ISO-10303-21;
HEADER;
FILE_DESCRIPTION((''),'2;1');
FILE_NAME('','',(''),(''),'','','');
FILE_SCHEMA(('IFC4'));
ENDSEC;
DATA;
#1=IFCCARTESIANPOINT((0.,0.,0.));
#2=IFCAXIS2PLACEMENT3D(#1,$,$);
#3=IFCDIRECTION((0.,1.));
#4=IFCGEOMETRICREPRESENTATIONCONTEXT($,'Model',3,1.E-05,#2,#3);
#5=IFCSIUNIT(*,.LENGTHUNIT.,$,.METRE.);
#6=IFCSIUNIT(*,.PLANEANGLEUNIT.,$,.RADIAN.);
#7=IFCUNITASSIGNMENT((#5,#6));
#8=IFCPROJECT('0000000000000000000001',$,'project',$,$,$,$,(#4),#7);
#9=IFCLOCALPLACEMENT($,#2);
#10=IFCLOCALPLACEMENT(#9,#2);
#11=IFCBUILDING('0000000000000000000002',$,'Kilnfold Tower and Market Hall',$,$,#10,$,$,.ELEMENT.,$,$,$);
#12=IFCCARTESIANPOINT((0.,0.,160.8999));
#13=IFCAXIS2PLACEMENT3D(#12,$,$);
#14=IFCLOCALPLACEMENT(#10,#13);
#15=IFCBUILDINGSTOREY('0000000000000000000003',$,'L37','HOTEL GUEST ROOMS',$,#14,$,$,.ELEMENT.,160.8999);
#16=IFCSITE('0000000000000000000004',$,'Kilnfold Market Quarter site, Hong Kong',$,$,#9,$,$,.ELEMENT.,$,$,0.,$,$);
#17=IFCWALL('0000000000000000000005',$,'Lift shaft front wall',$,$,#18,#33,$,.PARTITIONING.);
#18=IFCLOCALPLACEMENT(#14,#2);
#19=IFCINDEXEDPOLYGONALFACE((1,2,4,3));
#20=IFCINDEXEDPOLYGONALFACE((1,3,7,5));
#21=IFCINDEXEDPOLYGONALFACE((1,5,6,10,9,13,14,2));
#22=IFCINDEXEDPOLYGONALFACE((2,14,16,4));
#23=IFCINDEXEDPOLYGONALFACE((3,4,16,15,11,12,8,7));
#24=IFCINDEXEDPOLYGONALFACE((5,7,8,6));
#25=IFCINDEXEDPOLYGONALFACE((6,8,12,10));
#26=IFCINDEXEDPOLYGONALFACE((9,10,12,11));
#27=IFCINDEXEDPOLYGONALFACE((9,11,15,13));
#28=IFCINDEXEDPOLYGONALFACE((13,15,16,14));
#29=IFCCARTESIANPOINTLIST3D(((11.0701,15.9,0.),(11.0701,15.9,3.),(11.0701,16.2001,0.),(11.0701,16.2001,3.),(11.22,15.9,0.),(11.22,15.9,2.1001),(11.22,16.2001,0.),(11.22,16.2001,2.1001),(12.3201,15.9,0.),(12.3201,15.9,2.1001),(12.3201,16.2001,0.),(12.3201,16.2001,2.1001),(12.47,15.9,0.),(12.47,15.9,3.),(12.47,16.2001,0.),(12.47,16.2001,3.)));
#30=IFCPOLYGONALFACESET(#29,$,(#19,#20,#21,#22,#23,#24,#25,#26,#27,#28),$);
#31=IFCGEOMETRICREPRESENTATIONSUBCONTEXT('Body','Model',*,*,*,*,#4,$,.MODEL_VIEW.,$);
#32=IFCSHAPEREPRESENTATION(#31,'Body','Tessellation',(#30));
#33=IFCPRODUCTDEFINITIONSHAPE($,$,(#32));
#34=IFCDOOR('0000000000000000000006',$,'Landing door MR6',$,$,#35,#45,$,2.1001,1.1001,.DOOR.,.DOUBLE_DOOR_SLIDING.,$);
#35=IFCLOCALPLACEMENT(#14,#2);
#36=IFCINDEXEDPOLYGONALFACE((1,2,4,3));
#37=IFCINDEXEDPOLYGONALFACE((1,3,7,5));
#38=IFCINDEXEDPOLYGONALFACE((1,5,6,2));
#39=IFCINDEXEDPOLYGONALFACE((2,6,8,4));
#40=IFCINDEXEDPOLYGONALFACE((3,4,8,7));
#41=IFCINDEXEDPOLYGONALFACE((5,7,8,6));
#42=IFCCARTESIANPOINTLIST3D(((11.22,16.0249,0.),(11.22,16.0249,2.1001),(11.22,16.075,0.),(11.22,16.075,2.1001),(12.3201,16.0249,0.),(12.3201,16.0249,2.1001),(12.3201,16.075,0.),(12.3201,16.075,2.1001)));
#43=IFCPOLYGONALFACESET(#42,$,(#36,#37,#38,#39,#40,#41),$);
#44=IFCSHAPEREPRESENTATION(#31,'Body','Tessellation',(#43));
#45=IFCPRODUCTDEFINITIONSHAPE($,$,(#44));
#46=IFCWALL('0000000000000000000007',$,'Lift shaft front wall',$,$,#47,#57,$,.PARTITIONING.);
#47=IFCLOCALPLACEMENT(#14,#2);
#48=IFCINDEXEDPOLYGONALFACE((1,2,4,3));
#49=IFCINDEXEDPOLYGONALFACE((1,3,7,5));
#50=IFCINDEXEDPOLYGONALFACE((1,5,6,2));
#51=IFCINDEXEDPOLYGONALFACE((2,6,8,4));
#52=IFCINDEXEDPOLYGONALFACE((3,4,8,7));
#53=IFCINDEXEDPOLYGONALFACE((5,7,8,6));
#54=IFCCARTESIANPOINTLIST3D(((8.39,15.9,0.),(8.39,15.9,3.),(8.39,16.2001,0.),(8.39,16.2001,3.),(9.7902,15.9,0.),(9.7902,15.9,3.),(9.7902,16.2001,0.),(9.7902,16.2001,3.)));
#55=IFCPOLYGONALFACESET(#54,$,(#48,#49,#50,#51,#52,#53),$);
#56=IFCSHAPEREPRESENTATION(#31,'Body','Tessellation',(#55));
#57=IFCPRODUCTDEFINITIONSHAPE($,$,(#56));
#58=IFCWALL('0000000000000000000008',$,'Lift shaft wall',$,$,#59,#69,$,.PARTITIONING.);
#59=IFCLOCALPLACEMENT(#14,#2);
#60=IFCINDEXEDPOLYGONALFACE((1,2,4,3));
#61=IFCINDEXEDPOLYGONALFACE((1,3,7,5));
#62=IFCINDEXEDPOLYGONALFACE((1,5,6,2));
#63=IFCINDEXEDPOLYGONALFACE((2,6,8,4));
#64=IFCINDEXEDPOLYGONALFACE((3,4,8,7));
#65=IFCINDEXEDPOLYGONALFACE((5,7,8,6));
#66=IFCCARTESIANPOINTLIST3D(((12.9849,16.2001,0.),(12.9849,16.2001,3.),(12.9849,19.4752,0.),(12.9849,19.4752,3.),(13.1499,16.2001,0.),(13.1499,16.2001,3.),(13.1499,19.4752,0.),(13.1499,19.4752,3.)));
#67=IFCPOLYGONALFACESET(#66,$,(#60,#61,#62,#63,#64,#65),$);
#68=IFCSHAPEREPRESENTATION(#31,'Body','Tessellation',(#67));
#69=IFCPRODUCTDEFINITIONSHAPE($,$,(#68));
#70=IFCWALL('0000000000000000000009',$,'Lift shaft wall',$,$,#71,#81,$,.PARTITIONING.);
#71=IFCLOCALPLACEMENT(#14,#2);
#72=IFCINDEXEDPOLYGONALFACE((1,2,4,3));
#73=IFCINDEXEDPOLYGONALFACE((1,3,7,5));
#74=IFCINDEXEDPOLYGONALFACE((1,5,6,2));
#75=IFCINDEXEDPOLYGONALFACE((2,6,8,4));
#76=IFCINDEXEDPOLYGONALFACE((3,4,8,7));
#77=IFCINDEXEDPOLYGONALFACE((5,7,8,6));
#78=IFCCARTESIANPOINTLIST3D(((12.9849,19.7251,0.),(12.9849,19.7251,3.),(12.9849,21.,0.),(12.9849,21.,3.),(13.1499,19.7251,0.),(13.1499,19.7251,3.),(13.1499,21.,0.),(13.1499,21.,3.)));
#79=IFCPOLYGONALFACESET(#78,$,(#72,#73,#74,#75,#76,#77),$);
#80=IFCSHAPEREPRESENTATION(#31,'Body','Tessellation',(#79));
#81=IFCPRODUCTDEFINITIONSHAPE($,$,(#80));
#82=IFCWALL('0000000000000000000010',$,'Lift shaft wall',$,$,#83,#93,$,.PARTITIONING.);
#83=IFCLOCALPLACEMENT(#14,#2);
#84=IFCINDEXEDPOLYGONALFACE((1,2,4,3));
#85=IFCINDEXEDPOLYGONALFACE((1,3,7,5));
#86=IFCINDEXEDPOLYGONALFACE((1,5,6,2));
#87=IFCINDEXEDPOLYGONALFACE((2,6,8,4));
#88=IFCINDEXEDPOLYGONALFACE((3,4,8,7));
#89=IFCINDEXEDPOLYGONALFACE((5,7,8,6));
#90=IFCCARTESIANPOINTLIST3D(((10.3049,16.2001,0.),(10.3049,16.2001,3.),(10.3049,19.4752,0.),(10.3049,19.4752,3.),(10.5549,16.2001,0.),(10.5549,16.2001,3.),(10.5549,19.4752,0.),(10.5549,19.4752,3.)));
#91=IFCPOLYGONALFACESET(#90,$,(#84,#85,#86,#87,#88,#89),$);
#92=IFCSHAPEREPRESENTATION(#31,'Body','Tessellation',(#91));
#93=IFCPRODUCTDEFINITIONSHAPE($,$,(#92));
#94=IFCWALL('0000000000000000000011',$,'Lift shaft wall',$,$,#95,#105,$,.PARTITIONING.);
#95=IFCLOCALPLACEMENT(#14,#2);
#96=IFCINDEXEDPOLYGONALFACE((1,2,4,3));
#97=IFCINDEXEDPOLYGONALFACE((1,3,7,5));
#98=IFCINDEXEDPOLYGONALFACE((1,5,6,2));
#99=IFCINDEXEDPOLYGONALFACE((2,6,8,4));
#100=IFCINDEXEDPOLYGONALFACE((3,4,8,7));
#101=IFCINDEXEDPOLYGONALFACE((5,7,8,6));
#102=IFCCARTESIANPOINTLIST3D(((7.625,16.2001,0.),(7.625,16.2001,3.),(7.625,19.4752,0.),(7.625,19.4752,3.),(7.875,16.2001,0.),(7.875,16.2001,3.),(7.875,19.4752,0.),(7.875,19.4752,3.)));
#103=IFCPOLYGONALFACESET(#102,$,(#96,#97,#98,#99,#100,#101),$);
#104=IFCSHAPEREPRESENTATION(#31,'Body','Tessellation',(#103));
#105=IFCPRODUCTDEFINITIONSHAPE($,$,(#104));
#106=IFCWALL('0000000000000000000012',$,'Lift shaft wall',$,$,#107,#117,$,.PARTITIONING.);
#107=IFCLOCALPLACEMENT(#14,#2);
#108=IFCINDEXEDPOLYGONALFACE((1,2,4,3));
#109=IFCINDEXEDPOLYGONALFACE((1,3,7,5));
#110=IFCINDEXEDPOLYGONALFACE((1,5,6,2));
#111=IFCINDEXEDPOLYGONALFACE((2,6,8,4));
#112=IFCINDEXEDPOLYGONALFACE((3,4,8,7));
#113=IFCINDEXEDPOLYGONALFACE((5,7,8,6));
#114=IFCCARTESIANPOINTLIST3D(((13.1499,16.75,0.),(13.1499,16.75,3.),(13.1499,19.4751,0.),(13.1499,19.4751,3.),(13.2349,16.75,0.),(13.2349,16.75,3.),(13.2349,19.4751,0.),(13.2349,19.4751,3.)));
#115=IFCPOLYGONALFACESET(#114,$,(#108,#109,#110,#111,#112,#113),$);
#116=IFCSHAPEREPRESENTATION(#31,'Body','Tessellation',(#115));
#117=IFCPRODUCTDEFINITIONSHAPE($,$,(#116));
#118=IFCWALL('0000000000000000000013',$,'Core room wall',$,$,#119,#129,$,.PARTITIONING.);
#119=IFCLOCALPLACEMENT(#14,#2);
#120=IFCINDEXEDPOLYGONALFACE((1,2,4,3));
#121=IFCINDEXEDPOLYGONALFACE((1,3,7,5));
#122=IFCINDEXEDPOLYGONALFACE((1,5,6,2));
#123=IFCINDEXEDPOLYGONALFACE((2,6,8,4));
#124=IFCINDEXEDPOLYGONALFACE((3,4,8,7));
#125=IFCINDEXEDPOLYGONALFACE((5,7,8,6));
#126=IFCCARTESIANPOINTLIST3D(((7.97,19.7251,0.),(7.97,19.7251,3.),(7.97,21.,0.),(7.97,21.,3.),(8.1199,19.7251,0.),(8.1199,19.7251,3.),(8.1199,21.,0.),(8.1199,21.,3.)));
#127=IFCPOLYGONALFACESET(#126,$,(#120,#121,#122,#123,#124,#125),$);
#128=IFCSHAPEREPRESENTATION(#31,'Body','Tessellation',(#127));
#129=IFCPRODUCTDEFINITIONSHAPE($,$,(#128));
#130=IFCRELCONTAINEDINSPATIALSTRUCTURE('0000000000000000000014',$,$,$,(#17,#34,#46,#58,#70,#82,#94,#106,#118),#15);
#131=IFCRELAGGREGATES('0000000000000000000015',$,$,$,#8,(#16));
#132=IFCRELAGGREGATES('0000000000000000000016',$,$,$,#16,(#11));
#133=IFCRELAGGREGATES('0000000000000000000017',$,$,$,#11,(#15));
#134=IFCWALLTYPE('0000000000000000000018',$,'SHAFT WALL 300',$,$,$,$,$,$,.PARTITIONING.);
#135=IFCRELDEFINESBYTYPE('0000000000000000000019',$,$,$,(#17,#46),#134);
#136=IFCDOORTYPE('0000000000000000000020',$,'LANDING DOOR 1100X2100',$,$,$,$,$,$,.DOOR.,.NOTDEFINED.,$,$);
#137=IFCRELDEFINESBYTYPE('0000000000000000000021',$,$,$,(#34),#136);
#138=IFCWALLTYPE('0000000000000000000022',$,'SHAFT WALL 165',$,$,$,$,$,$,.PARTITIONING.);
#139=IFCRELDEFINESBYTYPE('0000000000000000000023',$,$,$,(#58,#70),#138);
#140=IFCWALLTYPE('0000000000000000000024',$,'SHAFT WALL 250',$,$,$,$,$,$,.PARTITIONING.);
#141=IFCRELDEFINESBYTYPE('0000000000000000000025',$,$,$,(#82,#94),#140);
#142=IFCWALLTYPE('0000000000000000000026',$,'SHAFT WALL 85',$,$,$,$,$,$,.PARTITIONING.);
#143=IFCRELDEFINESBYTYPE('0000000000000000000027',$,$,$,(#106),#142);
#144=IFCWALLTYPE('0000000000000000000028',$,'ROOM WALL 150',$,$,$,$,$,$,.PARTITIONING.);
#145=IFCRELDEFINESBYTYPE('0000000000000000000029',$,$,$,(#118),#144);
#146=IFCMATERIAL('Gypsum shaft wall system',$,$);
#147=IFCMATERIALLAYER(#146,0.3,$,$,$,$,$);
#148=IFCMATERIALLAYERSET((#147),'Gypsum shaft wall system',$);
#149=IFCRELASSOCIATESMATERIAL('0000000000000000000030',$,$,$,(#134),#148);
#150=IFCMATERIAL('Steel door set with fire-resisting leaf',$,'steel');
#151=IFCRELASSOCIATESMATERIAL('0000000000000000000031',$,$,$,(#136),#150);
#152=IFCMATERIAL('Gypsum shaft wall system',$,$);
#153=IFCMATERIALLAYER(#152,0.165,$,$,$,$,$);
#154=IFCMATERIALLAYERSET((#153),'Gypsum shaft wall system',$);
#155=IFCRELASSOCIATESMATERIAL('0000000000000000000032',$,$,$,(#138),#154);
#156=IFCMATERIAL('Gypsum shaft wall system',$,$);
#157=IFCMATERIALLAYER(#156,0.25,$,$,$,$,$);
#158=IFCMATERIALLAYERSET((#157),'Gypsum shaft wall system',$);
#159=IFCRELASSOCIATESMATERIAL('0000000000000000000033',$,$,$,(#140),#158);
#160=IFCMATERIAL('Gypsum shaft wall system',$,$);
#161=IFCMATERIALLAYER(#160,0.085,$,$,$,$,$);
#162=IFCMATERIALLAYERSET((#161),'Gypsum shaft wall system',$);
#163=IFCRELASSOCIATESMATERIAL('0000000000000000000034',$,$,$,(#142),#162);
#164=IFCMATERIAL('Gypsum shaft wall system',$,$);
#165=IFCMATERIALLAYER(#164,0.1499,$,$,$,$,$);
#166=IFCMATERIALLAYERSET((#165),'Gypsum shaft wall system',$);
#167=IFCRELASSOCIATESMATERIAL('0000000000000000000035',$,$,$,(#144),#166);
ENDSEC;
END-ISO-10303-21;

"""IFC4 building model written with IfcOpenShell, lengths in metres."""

from ifc_helpers import new_model, si_unit, direction, frame, frame_2d, origin, place, context, subcontext, project, spatial, rectangle, extrude, source, transform, mapped, material, layer, layer_set, type_object, element, fill, save


model = new_model("IFC4")

# Units and contexts
model_context = context("Model", 3, precision=1e-05, world=origin(), true_north=direction((0.0, 1.0)))
body_context = subcontext(model_context, "Body", "Model", "MODEL_VIEW")
ifc_project = project(units=[si_unit("LENGTHUNIT", "METRE"), si_unit("PLANEANGLEUNIT", "RADIAN")], contexts=[model_context])

# Site, building, storey
site_placement = place(None, origin())
site = spatial("IfcSite", under=ifc_project, at=site_placement, Name="Kilnfold Market Quarter site, Hong Kong", CompositionType="ELEMENT", RefElevation=0.0)
building_placement = place(site_placement, origin())
building = spatial("IfcBuilding", under=site, at=building_placement, Name="Kilnfold Tower and Market Hall", CompositionType="ELEMENT")
storey_placement = place(building_placement, frame((0.0, 0.0, 160.8999)))
storey = spatial("IfcBuildingStorey", under=building, at=storey_placement, Name="L37", Description="HOTEL GUEST ROOMS", CompositionType="ELEMENT", Elevation=160.8999)

# Wall, opening, door
ifc_material_1 = material(Name="Gypsum shaft wall system")
ifc_layer_1 = layer(ifc_material_1, 0.3)
ifc_layer_set_1 = layer_set([ifc_layer_1], Name="Gypsum shaft wall system")
wall_type_1 = type_object("IfcWallType", Name="SHAFT WALL 300", PredefinedType="PARTITIONING", material=ifc_layer_set_1)
shared_shape_1 = source(origin(), body_context, "Body", "SweptSolid", [
    extrude(rectangle(XDim=1.3999, YDim=0.3, at=frame_2d((0.7, 0.0))), origin(), (0.0, 0.0, 1.0), 3.0),
])
wall_1_placement = place(storey_placement, frame((11.0701, 16.05, 0.0), z_axis=(0.0, 0.0, 1.0), x_axis=(1.0, 0.0, 0.0)))
wall_1 = element("IfcWall", 1, at=wall_1_placement, inside=storey, type_object=wall_type_1, Name="Lift shaft front wall", PredefinedType="PARTITIONING", context=body_context, shape_type="MappedRepresentation", body=[
    mapped(shared_shape_1, transform((0.0, 0.0, 0.0))),
])
opening_1_placement = place(wall_1_placement, frame((0.1499, 0.0, 0.0)))
opening_1 = element("IfcOpeningElement", 2, at=opening_1_placement, cuts=wall_1, PredefinedType="OPENING", context=body_context, shape_type="SweptSolid", body=[
    extrude(rectangle(XDim=1.1001, YDim=2.1001, at=frame_2d((0.55, 1.05))), frame((0.0, 0.1602, 0.0), z_axis=(0.0, -1.0, 0.0), x_axis=(1.0, 0.0, 0.0)), (0.0, 0.0, 1.0), 0.3201),
])
ifc_material_2 = material(Name="Steel door set with fire-resisting leaf", Category="steel")
door_type_1 = type_object("IfcDoorType", Name="LANDING DOOR 1100X2100", OperationType="NOTDEFINED", PredefinedType="DOOR", material=ifc_material_2)
door_1_placement = place(opening_1_placement, origin())
door_1 = element("IfcDoor", 3, at=door_1_placement, inside=storey, type_object=door_type_1, Name="Landing door MR6", OperationType="DOUBLE_DOOR_SLIDING", OverallHeight=2.1001, OverallWidth=1.1001, PredefinedType="DOOR", context=body_context, shape_type="SweptSolid", body=[
    extrude(rectangle(XDim=1.1001, YDim=2.1001, at=frame_2d((0.55, 1.05))), frame((0.0, 0.0249, 0.0), z_axis=(0.0, -1.0, 0.0), x_axis=(1.0, 0.0, 0.0)), (0.0, 0.0, 1.0), 0.05),
])
fill(opening_1, door_1)

# Walls
shared_shape_2 = source(origin(), body_context, "Body", "SweptSolid", [
    extrude(rectangle(XDim=1.4001, YDim=0.3, at=frame_2d((0.7002, 0.0))), origin(), (0.0, 0.0, 1.0), 3.0),
])
wall_2_placement = place(storey_placement, frame((8.3899, 16.05, 0.0), z_axis=(0.0, 0.0, 1.0), x_axis=(1.0, 0.0, 0.0)))
element("IfcWall", 4, at=wall_2_placement, inside=storey, type_object=wall_type_1, Name="Lift shaft front wall", PredefinedType="PARTITIONING", context=body_context, shape_type="MappedRepresentation", body=[
    mapped(shared_shape_2, transform((0.0, 0.0, 0.0))),
])
ifc_material_3 = material(Name="Gypsum shaft wall system")
ifc_layer_2 = layer(ifc_material_3, 0.165)
ifc_layer_set_2 = layer_set([ifc_layer_2], Name="Gypsum shaft wall system")
wall_type_2 = type_object("IfcWallType", Name="SHAFT WALL 165", PredefinedType="PARTITIONING", material=ifc_layer_set_2)
shared_shape_3 = source(origin(), body_context, "Body", "SweptSolid", [
    extrude(rectangle(XDim=3.2751, YDim=0.165, at=frame_2d((1.6377, 0.0))), origin(), (0.0, 0.0, 1.0), 3.0),
])
wall_3_placement = place(storey_placement, frame((13.0674, 16.2, 0.0), z_axis=(0.0, 0.0, 1.0), x_axis=(0.0, 1.0, 0.0)))
element("IfcWall", 5, at=wall_3_placement, inside=storey, type_object=wall_type_2, Name="Lift shaft wall", PredefinedType="PARTITIONING", context=body_context, shape_type="MappedRepresentation", body=[
    mapped(shared_shape_3, transform((0.0, 0.0, 0.0))),
])
shared_shape_4 = source(origin(), body_context, "Body", "SweptSolid", [
    extrude(rectangle(XDim=1.2749, YDim=0.165, at=frame_2d((0.6375, 0.0))), origin(), (0.0, 0.0, 1.0), 3.0),
])
wall_4_placement = place(storey_placement, frame((13.0674, 19.7251, 0.0), z_axis=(0.0, 0.0, 1.0), x_axis=(0.0, 1.0, 0.0)))
element("IfcWall", 6, at=wall_4_placement, inside=storey, type_object=wall_type_2, Name="Lift shaft wall", PredefinedType="PARTITIONING", context=body_context, shape_type="MappedRepresentation", body=[
    mapped(shared_shape_4, transform((0.0, 0.0, 0.0))),
])
ifc_material_4 = material(Name="Gypsum shaft wall system")
ifc_layer_3 = layer(ifc_material_4, 0.25)
ifc_layer_set_3 = layer_set([ifc_layer_3], Name="Gypsum shaft wall system")
wall_type_3 = type_object("IfcWallType", Name="SHAFT WALL 250", PredefinedType="PARTITIONING", material=ifc_layer_set_3)
shared_shape_5 = source(origin(), body_context, "Body", "SweptSolid", [
    extrude(rectangle(XDim=3.2751, YDim=0.25, at=frame_2d((1.6377, 0.0))), origin(), (0.0, 0.0, 1.0), 3.0),
])
for number, where, z_axis, x_axis, name in (
    (7, (10.4299, 16.2, 0.0), (0.0, 0.0, 1.0), (0.0, 1.0, 0.0), "Lift shaft wall"),
    (8, (7.75, 16.2, 0.0), (0.0, 0.0, 1.0), (0.0, 1.0, 0.0), "Lift shaft wall"),
):
    element("IfcWall", number, at=place(storey_placement, frame(where, z_axis=z_axis, x_axis=x_axis)), inside=storey, type_object=wall_type_3, Name=name, PredefinedType="PARTITIONING", context=body_context, shape_type="MappedRepresentation", body=[
        mapped(shared_shape_5, transform((0.0, 0.0, 0.0))),
    ])
ifc_material_5 = material(Name="Gypsum shaft wall system")
ifc_layer_4 = layer(ifc_material_5, 0.085)
ifc_layer_set_4 = layer_set([ifc_layer_4], Name="Gypsum shaft wall system")
wall_type_4 = type_object("IfcWallType", Name="SHAFT WALL 85", PredefinedType="PARTITIONING", material=ifc_layer_set_4)
shared_shape_6 = source(origin(), body_context, "Body", "SweptSolid", [
    extrude(rectangle(XDim=2.7251, YDim=0.085, at=frame_2d((1.3625, 0.0))), origin(), (0.0, 0.0, 1.0), 3.0),
])
wall_5_placement = place(storey_placement, frame((13.1924, 16.75, 0.0), z_axis=(0.0, 0.0, 1.0), x_axis=(0.0, 1.0, 0.0)))
element("IfcWall", 9, at=wall_5_placement, inside=storey, type_object=wall_type_4, Name="Lift shaft wall", PredefinedType="PARTITIONING", context=body_context, shape_type="MappedRepresentation", body=[
    mapped(shared_shape_6, transform((0.0, 0.0, 0.0))),
])
ifc_material_6 = material(Name="Gypsum shaft wall system")
ifc_layer_5 = layer(ifc_material_6, 0.1499)
ifc_layer_set_5 = layer_set([ifc_layer_5], Name="Gypsum shaft wall system")
wall_type_5 = type_object("IfcWallType", Name="ROOM WALL 150", PredefinedType="PARTITIONING", material=ifc_layer_set_5)
shared_shape_7 = source(origin(), body_context, "Body", "SweptSolid", [
    extrude(rectangle(XDim=1.2749, YDim=0.1499, at=frame_2d((0.6375, 0.0))), origin(), (0.0, 0.0, 1.0), 3.0),
])
wall_6_placement = place(storey_placement, frame((8.0449, 19.7251, 0.0), z_axis=(0.0, 0.0, 1.0), x_axis=(0.0, 1.0, 0.0)))
element("IfcWall", 10, at=wall_6_placement, inside=storey, type_object=wall_type_5, Name="Core room wall", PredefinedType="PARTITIONING", context=body_context, shape_type="MappedRepresentation", body=[
    mapped(shared_shape_7, transform((0.0, 0.0, 0.0))),
])

save(model, "model.ifc")
